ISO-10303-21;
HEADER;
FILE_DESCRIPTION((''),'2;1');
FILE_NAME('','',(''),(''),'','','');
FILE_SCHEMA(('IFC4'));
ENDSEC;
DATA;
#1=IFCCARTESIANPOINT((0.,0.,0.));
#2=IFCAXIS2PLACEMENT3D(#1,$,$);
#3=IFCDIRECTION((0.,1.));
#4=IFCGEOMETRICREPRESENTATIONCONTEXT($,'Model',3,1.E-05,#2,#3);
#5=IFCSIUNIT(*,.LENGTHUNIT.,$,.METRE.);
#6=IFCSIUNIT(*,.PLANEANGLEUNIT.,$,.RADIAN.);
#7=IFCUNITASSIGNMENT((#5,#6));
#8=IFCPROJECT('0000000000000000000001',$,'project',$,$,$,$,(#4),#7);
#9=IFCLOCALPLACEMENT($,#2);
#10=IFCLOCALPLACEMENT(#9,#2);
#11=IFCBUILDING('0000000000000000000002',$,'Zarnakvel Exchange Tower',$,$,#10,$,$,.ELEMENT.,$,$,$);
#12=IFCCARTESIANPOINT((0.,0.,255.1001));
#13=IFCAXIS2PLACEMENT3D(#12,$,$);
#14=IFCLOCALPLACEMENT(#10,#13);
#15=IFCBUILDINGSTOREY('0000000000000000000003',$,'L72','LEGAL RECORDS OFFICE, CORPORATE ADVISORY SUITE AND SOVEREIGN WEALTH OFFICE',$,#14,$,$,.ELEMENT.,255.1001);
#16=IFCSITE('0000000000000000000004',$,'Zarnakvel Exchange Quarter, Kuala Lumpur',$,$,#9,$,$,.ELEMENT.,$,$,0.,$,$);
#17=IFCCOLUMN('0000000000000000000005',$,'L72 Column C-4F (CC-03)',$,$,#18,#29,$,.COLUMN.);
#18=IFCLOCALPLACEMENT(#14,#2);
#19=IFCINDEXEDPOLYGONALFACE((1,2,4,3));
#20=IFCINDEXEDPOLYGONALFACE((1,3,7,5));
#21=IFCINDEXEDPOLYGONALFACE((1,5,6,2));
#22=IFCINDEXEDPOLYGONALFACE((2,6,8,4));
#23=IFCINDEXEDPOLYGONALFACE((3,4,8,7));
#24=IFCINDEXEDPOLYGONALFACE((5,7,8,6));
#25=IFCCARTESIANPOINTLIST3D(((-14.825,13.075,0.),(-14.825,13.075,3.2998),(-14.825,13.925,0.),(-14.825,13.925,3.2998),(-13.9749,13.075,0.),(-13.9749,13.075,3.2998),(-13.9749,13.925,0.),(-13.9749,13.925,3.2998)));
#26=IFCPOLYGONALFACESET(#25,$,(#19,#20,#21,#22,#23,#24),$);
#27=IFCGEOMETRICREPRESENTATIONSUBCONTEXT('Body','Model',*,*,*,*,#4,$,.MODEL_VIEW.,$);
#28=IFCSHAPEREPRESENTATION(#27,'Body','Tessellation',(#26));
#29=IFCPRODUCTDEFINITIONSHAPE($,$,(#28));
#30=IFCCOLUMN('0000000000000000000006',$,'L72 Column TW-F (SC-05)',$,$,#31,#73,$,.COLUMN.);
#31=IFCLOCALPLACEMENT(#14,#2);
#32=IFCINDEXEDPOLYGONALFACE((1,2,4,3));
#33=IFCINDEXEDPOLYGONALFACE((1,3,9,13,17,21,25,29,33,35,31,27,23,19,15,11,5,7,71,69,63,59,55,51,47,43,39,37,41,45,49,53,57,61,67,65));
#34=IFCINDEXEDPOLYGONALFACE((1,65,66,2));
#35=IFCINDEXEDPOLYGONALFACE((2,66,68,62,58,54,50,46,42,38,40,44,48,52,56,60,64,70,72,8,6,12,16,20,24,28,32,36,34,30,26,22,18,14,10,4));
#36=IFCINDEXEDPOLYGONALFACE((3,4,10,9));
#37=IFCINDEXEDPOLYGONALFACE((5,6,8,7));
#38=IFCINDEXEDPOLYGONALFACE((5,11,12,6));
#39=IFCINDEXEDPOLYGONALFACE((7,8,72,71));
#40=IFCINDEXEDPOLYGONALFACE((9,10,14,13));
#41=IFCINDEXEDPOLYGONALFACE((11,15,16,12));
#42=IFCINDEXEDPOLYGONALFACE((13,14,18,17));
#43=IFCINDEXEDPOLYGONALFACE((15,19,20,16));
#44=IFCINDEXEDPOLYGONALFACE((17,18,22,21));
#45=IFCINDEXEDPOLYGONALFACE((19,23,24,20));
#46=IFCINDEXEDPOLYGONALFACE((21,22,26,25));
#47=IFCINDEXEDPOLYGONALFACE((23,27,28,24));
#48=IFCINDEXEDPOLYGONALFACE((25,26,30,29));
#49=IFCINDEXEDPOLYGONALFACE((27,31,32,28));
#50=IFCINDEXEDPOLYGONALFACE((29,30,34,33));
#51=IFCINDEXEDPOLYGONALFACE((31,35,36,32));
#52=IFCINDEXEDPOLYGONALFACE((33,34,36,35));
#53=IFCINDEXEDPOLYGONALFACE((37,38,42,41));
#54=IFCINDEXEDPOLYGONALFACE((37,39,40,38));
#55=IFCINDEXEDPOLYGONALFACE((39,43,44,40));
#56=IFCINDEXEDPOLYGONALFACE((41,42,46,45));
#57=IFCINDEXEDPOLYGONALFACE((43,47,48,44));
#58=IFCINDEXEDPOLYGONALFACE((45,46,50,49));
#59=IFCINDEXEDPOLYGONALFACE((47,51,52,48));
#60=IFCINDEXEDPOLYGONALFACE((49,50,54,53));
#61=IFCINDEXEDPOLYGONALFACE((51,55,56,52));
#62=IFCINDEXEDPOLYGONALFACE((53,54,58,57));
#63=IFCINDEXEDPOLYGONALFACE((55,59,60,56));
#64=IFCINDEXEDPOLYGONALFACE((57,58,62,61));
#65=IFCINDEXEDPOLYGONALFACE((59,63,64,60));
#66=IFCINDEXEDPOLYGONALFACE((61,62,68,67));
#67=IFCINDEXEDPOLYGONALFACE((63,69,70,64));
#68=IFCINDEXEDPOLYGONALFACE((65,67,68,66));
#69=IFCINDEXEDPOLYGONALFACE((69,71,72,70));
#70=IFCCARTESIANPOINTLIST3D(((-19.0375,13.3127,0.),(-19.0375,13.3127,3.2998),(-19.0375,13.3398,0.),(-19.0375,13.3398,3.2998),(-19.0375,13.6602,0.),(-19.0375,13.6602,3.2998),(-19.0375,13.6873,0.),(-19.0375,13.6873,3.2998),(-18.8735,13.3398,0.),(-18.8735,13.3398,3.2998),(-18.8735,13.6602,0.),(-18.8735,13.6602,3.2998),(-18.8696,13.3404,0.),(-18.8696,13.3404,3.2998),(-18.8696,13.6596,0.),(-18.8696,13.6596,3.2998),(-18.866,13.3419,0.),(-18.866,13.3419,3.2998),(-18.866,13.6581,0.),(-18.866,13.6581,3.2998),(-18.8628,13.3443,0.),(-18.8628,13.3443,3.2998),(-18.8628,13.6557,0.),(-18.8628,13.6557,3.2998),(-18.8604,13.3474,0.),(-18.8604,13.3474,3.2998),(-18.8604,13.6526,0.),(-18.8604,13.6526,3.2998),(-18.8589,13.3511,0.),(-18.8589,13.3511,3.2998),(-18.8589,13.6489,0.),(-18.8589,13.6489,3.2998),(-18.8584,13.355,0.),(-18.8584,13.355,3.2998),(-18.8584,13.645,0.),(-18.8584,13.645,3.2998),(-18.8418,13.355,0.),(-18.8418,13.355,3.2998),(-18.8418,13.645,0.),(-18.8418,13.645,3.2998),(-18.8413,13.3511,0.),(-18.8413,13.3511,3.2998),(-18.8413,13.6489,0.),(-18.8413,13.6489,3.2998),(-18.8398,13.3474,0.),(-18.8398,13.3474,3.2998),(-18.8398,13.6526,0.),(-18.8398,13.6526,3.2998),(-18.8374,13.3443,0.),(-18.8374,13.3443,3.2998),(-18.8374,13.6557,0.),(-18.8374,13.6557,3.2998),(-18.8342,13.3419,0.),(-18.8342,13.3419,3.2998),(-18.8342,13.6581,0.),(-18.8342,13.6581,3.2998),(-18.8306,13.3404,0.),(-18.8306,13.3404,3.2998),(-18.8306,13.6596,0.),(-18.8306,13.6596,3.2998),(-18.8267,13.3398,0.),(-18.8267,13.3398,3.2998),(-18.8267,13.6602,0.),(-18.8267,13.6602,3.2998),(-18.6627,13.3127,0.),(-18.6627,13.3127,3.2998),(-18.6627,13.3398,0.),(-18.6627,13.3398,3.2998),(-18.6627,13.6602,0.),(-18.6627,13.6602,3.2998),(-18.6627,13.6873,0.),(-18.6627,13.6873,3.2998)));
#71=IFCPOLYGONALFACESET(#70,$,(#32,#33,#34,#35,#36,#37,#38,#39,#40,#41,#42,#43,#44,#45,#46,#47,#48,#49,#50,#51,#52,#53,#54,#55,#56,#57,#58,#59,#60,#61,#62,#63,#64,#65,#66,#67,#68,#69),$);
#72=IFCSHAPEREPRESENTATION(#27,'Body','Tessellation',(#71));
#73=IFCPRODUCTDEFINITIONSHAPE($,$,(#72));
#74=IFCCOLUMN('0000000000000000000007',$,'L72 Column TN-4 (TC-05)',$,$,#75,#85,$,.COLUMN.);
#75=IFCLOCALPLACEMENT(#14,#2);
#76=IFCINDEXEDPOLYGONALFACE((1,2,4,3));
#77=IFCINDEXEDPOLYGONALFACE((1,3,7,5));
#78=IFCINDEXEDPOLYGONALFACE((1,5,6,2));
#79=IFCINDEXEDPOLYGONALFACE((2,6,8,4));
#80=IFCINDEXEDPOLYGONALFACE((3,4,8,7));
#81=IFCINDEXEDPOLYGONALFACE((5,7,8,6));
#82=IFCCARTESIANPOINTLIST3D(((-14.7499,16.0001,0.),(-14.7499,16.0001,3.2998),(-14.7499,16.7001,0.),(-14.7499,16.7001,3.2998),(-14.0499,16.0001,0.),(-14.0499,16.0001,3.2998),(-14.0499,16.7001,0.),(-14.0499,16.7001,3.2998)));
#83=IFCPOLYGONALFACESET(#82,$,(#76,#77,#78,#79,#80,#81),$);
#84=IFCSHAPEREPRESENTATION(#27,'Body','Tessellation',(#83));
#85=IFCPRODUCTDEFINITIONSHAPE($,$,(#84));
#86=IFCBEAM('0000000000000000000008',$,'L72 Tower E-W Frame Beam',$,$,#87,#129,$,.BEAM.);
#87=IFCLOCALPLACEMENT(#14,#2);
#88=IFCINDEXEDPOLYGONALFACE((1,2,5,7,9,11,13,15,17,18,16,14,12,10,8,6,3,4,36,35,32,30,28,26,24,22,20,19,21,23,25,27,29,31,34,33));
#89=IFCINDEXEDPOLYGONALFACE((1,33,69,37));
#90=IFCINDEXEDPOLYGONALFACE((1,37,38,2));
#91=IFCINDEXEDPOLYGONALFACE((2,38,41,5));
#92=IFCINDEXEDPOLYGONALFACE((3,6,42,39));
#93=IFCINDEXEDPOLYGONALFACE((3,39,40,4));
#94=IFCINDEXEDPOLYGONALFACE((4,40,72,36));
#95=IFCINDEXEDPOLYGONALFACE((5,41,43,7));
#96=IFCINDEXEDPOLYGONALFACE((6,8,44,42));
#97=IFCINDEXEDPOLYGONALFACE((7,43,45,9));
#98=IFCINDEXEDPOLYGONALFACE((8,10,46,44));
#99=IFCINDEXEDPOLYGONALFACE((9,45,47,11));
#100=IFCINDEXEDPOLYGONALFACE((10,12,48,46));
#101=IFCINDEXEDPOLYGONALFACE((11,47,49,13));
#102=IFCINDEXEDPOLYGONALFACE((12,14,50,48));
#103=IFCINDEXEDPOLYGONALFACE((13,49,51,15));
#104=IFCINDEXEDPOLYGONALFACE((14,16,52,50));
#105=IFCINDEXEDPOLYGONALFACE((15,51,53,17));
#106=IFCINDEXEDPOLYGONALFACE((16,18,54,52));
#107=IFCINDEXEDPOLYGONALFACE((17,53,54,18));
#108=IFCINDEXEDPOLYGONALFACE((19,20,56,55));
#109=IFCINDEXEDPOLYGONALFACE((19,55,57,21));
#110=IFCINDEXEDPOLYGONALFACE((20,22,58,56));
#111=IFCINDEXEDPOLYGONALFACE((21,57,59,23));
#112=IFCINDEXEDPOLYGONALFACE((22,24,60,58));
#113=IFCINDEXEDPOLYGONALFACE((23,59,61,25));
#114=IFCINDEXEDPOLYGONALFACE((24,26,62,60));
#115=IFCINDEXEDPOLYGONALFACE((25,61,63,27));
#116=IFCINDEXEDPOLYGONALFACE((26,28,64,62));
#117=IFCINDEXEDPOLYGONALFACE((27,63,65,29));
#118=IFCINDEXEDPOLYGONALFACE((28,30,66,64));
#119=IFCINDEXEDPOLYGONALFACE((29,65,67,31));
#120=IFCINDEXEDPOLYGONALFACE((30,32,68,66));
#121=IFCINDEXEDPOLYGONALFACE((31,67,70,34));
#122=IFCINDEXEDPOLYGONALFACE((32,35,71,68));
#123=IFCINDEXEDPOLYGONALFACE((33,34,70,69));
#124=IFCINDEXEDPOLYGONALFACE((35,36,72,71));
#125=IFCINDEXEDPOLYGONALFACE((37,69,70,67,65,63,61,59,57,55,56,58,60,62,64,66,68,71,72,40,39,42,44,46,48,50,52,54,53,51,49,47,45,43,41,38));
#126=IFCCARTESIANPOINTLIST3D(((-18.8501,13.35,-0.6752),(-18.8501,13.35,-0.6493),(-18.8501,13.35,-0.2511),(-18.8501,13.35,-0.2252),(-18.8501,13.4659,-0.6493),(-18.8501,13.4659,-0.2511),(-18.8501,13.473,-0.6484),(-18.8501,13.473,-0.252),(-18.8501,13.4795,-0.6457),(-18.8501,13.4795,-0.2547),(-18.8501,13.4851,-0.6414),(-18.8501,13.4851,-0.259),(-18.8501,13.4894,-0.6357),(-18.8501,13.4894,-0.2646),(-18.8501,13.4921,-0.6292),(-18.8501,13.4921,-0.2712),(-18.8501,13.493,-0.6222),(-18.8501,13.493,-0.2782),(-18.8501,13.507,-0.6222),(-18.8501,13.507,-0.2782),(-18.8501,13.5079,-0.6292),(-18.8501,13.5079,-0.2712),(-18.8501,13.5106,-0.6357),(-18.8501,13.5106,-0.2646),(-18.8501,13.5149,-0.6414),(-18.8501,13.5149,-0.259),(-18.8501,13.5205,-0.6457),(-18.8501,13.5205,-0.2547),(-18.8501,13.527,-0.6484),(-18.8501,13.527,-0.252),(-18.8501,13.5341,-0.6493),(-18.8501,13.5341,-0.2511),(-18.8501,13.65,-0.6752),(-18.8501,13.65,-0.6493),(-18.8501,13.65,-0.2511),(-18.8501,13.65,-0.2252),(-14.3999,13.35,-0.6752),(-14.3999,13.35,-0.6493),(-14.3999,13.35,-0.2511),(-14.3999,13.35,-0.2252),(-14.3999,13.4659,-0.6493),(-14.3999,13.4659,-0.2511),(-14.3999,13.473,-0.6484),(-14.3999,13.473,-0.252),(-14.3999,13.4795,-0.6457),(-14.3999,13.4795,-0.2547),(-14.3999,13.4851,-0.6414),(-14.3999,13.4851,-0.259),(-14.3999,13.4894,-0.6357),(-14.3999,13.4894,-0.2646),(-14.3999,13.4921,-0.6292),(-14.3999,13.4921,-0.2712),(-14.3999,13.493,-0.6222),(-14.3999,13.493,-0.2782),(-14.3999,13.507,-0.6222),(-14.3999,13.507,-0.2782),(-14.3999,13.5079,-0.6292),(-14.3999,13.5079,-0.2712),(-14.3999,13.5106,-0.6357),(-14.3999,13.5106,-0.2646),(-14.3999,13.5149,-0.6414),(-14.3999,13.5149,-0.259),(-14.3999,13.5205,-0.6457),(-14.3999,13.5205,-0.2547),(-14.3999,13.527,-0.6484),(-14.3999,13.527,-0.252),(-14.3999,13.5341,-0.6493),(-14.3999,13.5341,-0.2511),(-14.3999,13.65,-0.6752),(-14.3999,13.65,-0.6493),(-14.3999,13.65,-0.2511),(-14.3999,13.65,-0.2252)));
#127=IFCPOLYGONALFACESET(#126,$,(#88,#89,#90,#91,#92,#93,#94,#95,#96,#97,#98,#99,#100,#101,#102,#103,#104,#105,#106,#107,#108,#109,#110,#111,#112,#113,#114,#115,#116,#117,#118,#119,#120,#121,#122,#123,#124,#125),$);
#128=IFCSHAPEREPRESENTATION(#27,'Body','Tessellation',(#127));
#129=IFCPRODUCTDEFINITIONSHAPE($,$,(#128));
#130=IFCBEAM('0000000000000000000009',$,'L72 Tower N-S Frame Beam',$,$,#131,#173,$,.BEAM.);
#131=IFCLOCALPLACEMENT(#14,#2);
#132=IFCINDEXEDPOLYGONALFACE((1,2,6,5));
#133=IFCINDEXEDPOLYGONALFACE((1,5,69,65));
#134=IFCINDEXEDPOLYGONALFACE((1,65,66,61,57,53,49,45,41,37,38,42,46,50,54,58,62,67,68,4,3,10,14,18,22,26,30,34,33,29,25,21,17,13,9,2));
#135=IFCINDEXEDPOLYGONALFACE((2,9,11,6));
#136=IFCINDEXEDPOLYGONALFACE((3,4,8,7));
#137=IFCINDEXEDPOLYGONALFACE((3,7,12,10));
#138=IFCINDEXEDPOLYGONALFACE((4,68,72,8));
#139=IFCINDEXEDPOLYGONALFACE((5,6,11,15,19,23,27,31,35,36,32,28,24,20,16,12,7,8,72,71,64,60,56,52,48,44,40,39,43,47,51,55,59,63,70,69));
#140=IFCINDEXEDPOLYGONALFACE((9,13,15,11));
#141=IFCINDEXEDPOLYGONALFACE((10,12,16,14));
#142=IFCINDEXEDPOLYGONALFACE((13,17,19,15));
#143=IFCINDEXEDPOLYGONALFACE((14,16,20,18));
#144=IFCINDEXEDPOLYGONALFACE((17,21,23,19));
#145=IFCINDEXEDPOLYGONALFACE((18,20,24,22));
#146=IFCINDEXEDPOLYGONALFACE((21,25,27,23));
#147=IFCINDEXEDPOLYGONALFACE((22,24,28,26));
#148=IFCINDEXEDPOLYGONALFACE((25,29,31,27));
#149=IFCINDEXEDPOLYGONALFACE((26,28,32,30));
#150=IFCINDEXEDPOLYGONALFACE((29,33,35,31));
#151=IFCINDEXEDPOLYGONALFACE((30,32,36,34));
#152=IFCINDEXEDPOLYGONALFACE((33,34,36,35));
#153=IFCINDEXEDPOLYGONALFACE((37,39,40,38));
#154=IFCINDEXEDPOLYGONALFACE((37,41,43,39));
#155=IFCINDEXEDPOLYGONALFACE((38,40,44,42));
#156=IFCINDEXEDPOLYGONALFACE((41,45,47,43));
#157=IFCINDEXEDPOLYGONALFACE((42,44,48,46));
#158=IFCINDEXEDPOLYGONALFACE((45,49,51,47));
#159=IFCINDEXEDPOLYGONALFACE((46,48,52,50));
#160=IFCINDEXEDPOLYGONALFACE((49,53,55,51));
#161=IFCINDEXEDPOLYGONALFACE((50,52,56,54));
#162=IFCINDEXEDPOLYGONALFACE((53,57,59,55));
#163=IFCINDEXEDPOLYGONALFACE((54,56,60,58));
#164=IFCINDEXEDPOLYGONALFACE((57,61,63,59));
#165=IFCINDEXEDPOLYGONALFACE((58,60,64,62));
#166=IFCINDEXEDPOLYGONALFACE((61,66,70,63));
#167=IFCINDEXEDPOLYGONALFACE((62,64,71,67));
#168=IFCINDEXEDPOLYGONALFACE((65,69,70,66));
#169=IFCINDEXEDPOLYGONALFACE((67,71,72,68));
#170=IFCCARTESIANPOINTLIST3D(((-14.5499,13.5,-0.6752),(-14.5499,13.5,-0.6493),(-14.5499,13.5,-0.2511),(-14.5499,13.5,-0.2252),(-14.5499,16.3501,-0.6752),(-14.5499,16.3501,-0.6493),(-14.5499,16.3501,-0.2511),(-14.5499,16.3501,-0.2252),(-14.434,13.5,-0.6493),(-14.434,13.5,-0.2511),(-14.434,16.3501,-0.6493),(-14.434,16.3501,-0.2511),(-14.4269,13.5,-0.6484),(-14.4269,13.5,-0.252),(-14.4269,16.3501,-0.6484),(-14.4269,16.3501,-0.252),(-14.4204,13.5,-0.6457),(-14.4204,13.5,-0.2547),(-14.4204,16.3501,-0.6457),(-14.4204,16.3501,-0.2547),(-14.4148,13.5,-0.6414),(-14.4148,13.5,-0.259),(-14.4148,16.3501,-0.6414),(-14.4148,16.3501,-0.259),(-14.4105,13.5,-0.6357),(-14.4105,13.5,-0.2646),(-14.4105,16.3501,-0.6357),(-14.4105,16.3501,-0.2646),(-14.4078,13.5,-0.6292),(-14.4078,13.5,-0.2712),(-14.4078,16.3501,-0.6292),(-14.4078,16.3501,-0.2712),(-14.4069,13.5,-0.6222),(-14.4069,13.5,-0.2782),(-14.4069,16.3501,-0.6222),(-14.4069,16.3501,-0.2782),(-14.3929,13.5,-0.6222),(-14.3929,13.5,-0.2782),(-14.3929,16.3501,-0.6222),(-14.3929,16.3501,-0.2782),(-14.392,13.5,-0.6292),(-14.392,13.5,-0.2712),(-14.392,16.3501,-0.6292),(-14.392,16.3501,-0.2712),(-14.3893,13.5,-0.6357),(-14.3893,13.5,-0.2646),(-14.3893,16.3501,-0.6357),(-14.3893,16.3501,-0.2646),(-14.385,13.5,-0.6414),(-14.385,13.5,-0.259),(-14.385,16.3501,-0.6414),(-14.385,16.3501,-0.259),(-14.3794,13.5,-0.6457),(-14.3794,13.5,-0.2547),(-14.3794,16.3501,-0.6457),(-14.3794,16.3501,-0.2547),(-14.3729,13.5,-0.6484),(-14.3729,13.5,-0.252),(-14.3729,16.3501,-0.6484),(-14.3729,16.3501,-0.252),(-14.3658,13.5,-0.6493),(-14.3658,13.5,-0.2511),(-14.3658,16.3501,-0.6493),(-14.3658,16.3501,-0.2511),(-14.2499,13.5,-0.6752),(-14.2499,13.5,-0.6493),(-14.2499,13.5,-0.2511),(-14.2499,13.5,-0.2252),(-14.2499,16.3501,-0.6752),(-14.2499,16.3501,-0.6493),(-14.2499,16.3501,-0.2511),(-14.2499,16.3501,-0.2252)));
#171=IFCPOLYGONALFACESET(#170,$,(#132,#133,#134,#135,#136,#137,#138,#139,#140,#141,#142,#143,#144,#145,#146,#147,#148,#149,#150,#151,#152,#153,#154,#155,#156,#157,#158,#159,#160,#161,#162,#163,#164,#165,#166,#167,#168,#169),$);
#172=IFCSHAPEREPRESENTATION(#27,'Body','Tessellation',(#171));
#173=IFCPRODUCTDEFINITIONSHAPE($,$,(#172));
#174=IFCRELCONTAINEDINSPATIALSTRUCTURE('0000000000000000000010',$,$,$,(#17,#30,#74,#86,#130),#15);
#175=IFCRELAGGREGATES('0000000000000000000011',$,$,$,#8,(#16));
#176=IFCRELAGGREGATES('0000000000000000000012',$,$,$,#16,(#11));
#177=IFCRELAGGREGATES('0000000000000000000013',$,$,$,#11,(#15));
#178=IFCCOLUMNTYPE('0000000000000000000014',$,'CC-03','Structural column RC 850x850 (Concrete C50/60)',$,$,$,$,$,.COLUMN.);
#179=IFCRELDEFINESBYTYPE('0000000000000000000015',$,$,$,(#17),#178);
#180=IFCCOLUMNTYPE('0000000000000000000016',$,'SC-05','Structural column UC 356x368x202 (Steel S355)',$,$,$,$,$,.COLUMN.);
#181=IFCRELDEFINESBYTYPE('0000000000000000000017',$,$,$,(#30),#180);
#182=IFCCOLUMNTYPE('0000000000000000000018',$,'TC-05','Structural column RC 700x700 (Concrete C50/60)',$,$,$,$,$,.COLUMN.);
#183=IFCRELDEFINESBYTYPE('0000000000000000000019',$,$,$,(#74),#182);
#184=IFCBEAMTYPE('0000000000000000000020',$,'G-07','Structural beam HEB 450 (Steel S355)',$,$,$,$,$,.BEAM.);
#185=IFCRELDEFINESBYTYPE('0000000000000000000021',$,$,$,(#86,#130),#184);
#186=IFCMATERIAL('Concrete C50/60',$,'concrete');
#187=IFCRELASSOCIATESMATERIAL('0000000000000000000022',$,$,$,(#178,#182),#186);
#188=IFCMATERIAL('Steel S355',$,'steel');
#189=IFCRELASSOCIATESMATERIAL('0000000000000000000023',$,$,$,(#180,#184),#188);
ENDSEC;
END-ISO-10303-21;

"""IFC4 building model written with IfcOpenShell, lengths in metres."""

from ifc_helpers import new_model, si_unit, direction, frame, origin, origin_2d, place, context, subcontext, project, spatial, rectangle, i_section, extrude, material, material_profile, profile_set, type_object, element, save


model = new_model("IFC4")

# Units and contexts
model_context = context("Model", 3, precision=1e-05, world=origin(), true_north=direction((0.0, 1.0)))
body_context = subcontext(model_context, "Body", "Model", "MODEL_VIEW")
ifc_project = project(units=[si_unit("LENGTHUNIT", "METRE"), si_unit("PLANEANGLEUNIT", "RADIAN")], contexts=[model_context])

# Site, building, storey
site_placement = place(None, origin())
site = spatial("IfcSite", under=ifc_project, at=site_placement, Name="Zarnakvel Exchange Quarter, Kuala Lumpur", CompositionType="ELEMENT", RefElevation=0.0)
building_placement = place(site_placement, origin())
building = spatial("IfcBuilding", under=site, at=building_placement, Name="Zarnakvel Exchange Tower", CompositionType="ELEMENT")
storey_placement = place(building_placement, frame((0.0, 0.0, 255.1001)))
storey = spatial("IfcBuildingStorey", under=building, at=storey_placement, Name="L72", Description="LEGAL RECORDS OFFICE, CORPORATE ADVISORY SUITE AND SOVEREIGN WEALTH OFFICE", CompositionType="ELEMENT", Elevation=255.1001)

# Columns
ifc_material_1 = material(Name="Concrete C50/60", Category="concrete")
ifc_material_profile_1 = material_profile(ifc_material_1, rectangle(XDim=0.8501, YDim=0.8501, at=origin_2d()))
ifc_profile_set_1 = profile_set([ifc_material_profile_1], Name="Concrete C50/60")
column_type_1 = type_object("IfcColumnType", Name="CC-03", Description="Structural column RC 850x850 (Concrete C50/60)", PredefinedType="COLUMN", material=ifc_profile_set_1)
column_1_placement = place(storey_placement, frame((-14.3999, 13.5, 0.0), z_axis=(0.0, 0.0, 1.0), x_axis=(1.0, 0.0, 0.0)))
element("IfcColumn", 1, at=column_1_placement, inside=storey, type_object=column_type_1, Name="L72 Column C-4F (CC-03)", PredefinedType="COLUMN", context=body_context, shape_type="SweptSolid", body=[
    extrude(rectangle(XDim=0.8501, YDim=0.8501, at=origin_2d()), origin(), (0.0, 0.0, 1.0), 3.2998),
])
ifc_material_2 = material(Name="Steel S355", Category="steel")
ifc_material_profile_2 = material_profile(ifc_material_2, i_section(OverallWidth=0.3748, OverallDepth=0.3745, WebThickness=0.0166, FlangeThickness=0.0271, FilletRadius=0.0151, at=origin_2d()))
ifc_profile_set_2 = profile_set([ifc_material_profile_2], Name="Steel S355")
column_type_2 = type_object("IfcColumnType", Name="SC-05", Description="Structural column UC 356x368x202 (Steel S355)", PredefinedType="COLUMN", material=ifc_profile_set_2)
column_2_placement = place(storey_placement, frame((-18.8501, 13.5, 0.0), z_axis=(0.0, 0.0, 1.0), x_axis=(1.0, 0.0, 0.0)))
element("IfcColumn", 2, at=column_2_placement, inside=storey, type_object=column_type_2, Name="L72 Column TW-F (SC-05)", PredefinedType="COLUMN", context=body_context, shape_type="SweptSolid", body=[
    extrude(i_section(OverallWidth=0.3748, OverallDepth=0.3745, WebThickness=0.0166, FlangeThickness=0.0271, FilletRadius=0.0151, at=origin_2d()), origin(), (0.0, 0.0, 1.0), 3.2998),
])
ifc_material_profile_3 = material_profile(ifc_material_1, rectangle(XDim=0.7, YDim=0.7, at=origin_2d()))
ifc_profile_set_3 = profile_set([ifc_material_profile_3], Name="Concrete C50/60")
column_type_3 = type_object("IfcColumnType", Name="TC-05", Description="Structural column RC 700x700 (Concrete C50/60)", PredefinedType="COLUMN", material=ifc_profile_set_3)
column_3_placement = place(storey_placement, frame((-14.3999, 16.3501, 0.0), z_axis=(0.0, 0.0, 1.0), x_axis=(1.0, 0.0, 0.0)))
element("IfcColumn", 3, at=column_3_placement, inside=storey, type_object=column_type_3, Name="L72 Column TN-4 (TC-05)", PredefinedType="COLUMN", context=body_context, shape_type="SweptSolid", body=[
    extrude(rectangle(XDim=0.7, YDim=0.7, at=origin_2d()), origin(), (0.0, 0.0, 1.0), 3.2998),
])

# Beams
ifc_material_profile_4 = material_profile(ifc_material_2, i_section(OverallWidth=0.3, OverallDepth=0.45, WebThickness=0.0139, FlangeThickness=0.0259, FilletRadius=0.0271, at=origin_2d()))
ifc_profile_set_4 = profile_set([ifc_material_profile_4], Name="Steel S355")
beam_type_1 = type_object("IfcBeamType", Name="G-07", Description="Structural beam HEB 450 (Steel S355)", PredefinedType="BEAM", material=ifc_profile_set_4)
beam_1_placement = place(storey_placement, frame((-18.8501, 13.5, -0.4502), z_axis=(1.0, 0.0, 0.0), x_axis=(0.0, 1.0, 0.0)))
element("IfcBeam", 4, at=beam_1_placement, inside=storey, type_object=beam_type_1, Name="L72 Tower E-W Frame Beam", PredefinedType="BEAM", context=body_context, shape_type="SweptSolid", body=[
    extrude(i_section(OverallWidth=0.3, OverallDepth=0.45, WebThickness=0.0139, FlangeThickness=0.0259, FilletRadius=0.0271, at=origin_2d()), origin(), (0.0, 0.0, 1.0), 4.4502),
])
beam_2_placement = place(storey_placement, frame((-14.3999, 13.5, -0.4502), z_axis=(0.0, 1.0, 0.0), x_axis=(-1.0, 0.0, 0.0)))
element("IfcBeam", 5, at=beam_2_placement, inside=storey, type_object=beam_type_1, Name="L72 Tower N-S Frame Beam", PredefinedType="BEAM", context=body_context, shape_type="SweptSolid", body=[
    extrude(i_section(OverallWidth=0.3, OverallDepth=0.45, WebThickness=0.0139, FlangeThickness=0.0259, FilletRadius=0.0271, at=origin_2d()), origin(), (0.0, 0.0, 1.0), 2.8501),
])

save(model, "model.ifc")
